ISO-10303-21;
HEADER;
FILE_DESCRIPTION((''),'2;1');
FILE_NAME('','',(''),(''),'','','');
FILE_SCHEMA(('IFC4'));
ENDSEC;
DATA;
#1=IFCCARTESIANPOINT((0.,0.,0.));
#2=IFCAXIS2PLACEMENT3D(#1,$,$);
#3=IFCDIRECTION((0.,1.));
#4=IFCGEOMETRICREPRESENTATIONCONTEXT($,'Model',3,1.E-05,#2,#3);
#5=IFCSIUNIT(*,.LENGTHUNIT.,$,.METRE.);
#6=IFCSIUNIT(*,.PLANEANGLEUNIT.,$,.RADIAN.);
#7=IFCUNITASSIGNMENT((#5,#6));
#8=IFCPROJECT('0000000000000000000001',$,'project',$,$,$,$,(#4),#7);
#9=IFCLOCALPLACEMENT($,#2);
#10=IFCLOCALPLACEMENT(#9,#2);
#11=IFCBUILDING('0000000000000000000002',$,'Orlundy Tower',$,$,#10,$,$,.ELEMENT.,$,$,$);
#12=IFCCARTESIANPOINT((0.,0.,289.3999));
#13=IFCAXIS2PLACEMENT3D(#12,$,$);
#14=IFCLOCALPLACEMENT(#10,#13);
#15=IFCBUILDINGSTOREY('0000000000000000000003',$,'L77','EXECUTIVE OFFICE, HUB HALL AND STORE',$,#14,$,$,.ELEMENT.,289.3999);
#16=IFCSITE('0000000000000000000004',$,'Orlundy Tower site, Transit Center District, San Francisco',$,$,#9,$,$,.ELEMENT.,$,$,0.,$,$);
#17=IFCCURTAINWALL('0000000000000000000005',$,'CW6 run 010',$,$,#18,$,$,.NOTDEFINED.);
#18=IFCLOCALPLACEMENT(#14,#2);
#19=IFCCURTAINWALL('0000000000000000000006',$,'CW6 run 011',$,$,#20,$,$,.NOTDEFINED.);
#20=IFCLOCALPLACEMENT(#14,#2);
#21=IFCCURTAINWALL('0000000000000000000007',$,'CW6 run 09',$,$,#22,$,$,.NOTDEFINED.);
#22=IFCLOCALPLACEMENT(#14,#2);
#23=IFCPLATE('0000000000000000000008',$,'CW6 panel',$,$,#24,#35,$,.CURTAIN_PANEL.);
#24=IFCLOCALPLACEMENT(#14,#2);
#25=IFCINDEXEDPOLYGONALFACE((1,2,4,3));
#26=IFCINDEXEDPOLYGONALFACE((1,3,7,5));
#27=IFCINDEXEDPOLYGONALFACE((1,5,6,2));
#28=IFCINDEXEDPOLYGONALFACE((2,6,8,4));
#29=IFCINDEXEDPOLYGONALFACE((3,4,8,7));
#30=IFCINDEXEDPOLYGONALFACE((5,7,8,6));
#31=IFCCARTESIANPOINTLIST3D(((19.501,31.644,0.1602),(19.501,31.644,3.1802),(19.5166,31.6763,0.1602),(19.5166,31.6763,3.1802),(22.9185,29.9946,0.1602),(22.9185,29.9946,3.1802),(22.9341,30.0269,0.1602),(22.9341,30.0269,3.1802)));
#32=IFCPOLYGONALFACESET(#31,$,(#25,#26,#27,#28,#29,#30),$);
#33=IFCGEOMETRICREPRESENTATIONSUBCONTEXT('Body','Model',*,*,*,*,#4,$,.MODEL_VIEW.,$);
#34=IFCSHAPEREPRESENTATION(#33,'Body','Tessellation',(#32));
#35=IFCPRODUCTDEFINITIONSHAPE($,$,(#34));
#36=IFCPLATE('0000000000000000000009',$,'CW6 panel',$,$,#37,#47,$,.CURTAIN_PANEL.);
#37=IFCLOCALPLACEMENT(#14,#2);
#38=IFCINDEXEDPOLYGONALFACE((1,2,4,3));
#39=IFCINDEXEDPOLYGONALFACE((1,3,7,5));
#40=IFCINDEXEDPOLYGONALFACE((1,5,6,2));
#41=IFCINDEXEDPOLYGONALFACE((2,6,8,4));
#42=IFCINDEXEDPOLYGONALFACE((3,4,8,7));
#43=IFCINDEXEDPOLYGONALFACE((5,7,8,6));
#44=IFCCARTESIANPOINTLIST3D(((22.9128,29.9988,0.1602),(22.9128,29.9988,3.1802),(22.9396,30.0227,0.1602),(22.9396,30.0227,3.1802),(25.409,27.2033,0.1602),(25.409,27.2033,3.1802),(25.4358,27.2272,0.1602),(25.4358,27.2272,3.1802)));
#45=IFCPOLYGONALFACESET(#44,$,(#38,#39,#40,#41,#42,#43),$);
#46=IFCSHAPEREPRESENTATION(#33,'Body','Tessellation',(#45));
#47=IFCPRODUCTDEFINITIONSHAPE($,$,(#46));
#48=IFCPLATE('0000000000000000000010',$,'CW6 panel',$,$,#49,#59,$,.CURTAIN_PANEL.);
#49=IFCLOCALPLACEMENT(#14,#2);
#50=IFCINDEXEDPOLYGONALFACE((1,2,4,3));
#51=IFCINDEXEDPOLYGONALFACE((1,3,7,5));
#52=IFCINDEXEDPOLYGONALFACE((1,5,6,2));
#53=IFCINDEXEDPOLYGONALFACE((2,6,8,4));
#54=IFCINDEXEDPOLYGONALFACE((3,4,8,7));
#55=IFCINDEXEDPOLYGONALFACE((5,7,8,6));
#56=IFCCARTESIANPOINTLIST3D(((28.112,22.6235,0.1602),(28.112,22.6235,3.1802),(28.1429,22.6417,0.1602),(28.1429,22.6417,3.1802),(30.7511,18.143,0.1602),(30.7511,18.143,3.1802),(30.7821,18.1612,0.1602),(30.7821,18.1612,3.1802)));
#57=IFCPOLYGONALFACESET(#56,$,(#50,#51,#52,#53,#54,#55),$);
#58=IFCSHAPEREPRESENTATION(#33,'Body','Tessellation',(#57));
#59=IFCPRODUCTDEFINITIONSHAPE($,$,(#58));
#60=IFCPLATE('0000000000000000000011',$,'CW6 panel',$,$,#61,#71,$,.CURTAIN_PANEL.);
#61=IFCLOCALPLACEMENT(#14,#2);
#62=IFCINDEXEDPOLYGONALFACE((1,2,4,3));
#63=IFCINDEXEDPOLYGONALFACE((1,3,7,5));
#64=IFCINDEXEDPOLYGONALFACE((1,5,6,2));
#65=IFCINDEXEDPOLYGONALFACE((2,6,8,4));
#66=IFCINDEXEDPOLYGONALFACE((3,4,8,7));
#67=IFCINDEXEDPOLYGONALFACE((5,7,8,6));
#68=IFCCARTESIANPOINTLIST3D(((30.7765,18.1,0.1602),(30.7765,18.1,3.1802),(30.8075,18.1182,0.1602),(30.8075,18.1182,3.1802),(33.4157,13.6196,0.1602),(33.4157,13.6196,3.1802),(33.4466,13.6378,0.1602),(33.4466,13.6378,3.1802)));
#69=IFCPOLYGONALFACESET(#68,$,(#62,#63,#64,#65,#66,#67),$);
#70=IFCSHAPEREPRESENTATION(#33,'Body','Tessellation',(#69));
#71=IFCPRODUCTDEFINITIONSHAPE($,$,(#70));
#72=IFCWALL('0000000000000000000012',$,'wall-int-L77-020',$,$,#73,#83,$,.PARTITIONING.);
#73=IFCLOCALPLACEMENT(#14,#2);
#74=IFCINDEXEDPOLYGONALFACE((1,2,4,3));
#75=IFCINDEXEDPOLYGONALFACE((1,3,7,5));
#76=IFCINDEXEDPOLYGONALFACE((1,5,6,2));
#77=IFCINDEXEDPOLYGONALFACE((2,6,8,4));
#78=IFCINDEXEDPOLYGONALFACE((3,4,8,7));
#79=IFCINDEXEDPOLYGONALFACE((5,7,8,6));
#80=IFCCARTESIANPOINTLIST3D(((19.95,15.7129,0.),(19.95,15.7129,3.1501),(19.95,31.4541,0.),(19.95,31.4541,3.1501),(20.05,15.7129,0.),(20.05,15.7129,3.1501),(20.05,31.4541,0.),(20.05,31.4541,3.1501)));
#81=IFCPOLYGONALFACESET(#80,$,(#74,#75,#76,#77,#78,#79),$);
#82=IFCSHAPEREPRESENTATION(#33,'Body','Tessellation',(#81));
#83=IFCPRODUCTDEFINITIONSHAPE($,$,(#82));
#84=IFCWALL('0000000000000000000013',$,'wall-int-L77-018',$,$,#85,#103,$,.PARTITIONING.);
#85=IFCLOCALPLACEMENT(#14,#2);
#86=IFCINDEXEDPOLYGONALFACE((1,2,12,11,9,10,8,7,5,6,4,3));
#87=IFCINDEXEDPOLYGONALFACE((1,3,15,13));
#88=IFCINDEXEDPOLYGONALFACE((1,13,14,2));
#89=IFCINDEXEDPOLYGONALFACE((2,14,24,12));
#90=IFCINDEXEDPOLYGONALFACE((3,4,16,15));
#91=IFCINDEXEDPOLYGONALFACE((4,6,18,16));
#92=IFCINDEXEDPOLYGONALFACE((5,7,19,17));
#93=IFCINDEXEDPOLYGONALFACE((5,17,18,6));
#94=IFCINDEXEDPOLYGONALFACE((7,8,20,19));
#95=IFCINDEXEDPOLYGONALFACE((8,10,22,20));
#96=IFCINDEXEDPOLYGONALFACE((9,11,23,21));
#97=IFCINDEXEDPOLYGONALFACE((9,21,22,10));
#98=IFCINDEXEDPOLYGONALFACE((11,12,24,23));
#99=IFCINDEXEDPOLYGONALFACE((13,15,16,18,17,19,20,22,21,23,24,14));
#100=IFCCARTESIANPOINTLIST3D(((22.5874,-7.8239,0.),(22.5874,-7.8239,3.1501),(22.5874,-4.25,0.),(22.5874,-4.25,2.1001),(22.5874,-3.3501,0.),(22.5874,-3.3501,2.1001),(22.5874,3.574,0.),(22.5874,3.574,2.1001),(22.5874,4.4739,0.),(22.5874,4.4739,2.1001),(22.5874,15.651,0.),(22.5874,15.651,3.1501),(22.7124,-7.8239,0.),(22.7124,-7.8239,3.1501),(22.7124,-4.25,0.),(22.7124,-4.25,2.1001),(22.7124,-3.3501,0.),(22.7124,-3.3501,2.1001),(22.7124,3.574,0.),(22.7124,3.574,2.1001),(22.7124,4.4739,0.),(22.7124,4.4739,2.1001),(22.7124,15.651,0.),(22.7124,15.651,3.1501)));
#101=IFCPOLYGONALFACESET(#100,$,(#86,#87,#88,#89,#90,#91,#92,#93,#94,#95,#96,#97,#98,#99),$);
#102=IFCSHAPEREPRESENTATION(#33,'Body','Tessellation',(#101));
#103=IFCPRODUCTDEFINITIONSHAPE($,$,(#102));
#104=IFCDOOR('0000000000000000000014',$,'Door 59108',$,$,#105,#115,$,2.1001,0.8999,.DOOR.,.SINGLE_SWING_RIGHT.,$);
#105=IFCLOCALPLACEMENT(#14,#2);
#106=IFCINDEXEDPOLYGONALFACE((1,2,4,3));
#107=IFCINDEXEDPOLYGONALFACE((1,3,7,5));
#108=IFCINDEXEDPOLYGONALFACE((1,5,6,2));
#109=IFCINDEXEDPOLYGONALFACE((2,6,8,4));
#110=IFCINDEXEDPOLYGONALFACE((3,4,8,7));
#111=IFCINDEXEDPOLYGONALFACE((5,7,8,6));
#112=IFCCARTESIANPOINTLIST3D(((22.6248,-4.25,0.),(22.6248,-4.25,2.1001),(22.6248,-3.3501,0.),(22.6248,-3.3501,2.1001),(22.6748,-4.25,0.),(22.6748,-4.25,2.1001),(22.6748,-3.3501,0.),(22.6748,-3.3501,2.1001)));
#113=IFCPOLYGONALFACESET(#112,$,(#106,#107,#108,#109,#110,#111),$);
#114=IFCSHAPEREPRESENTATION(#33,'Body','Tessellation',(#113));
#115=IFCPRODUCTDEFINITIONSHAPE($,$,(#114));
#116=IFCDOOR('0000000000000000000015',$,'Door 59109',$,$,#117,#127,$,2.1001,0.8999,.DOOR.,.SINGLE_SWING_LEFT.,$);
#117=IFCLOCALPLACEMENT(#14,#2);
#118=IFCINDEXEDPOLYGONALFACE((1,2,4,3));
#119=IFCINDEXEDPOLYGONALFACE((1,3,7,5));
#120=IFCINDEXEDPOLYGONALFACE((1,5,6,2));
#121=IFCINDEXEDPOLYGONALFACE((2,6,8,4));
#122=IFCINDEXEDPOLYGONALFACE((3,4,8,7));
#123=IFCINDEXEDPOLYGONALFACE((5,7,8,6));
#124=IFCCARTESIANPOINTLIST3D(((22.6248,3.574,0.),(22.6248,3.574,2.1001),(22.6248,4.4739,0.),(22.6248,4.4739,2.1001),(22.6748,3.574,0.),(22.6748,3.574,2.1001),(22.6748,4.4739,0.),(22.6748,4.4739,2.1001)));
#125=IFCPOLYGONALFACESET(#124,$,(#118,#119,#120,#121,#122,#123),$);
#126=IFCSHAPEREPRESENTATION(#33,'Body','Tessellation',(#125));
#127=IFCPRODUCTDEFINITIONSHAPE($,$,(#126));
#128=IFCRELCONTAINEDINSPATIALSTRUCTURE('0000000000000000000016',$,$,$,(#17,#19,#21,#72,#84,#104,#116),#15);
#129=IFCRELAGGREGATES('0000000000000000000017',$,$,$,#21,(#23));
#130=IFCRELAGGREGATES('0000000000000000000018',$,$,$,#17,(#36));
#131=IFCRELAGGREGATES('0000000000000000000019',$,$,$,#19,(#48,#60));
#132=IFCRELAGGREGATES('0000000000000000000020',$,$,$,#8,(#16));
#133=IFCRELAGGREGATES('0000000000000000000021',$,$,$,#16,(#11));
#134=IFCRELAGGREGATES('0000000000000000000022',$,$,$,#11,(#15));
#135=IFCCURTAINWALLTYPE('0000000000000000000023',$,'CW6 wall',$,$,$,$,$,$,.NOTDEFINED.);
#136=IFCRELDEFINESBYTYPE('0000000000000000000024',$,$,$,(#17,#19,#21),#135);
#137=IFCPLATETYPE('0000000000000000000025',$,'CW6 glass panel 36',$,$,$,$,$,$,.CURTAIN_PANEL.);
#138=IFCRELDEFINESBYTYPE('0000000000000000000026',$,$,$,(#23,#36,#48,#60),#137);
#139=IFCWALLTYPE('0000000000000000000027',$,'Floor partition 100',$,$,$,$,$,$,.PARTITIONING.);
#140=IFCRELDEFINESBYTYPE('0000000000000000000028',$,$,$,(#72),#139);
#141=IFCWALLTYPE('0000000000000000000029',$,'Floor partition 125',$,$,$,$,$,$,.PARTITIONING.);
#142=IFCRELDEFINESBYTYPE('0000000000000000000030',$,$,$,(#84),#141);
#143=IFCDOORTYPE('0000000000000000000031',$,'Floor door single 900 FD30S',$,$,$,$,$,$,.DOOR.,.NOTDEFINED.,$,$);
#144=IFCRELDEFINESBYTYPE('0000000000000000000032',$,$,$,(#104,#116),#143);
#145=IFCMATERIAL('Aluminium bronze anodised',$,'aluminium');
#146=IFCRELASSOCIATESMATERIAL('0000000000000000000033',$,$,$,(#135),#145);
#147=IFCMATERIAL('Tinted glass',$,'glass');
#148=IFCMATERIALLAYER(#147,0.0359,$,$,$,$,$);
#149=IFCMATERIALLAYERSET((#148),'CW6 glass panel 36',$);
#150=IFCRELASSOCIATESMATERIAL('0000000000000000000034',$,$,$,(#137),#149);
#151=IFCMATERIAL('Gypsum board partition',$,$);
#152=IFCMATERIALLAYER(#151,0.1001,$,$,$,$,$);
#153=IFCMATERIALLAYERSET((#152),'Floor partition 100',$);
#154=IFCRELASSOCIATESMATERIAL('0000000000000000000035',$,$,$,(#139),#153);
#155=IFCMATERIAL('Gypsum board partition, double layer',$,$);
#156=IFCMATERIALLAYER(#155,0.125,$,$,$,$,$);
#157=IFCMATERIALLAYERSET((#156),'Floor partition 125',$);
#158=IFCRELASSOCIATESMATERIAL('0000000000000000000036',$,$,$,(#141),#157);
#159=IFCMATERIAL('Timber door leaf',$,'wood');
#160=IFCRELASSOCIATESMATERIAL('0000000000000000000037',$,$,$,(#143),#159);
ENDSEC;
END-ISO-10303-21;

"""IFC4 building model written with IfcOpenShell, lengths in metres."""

from ifc_helpers import new_model, si_unit, direction, frame, frame_2d, origin, origin_2d, place, context, subcontext, project, spatial, rectangle, extrude, material, layer, layer_set, type_object, element, fill, aggregate, save


model = new_model("IFC4")

# Units and contexts
model_context = context("Model", 3, precision=1e-05, world=origin(), true_north=direction((0.0, 1.0)))
body_context = subcontext(model_context, "Body", "Model", "MODEL_VIEW")
ifc_project = project(units=[si_unit("LENGTHUNIT", "METRE"), si_unit("PLANEANGLEUNIT", "RADIAN")], contexts=[model_context])

# Site, building, storey
site_placement = place(None, origin())
site = spatial("IfcSite", under=ifc_project, at=site_placement, Name="Orlundy Tower site, Transit Center District, San Francisco", CompositionType="ELEMENT", RefElevation=0.0)
building_placement = place(site_placement, origin())
building = spatial("IfcBuilding", under=site, at=building_placement, Name="Orlundy Tower", CompositionType="ELEMENT")
storey_placement = place(building_placement, frame((0.0, 0.0, 289.3999)))
storey = spatial("IfcBuildingStorey", under=building, at=storey_placement, Name="L77", Description="EXECUTIVE OFFICE, HUB HALL AND STORE", CompositionType="ELEMENT", Elevation=289.3999)

# Curtain wall
ifc_material_1 = material(Name="Aluminium bronze anodised", Category="aluminium")
curtain_wall_type = type_object("IfcCurtainWallType", Name="CW6 wall", PredefinedType="NOTDEFINED", material=ifc_material_1)
curtain_wall_1_placement = place(storey_placement, origin())
curtain_wall_1 = element("IfcCurtainWall", 1, at=curtain_wall_1_placement, inside=storey, type_object=curtain_wall_type, Name="CW6 run 010", PredefinedType="NOTDEFINED")

# Curtain wall
curtain_wall_2_placement = place(storey_placement, origin())
curtain_wall_2 = element("IfcCurtainWall", 2, at=curtain_wall_2_placement, inside=storey, type_object=curtain_wall_type, Name="CW6 run 011", PredefinedType="NOTDEFINED")

# Curtain wall, plate
curtain_wall_3_placement = place(storey_placement, origin())
curtain_wall_3 = element("IfcCurtainWall", 3, at=curtain_wall_3_placement, inside=storey, type_object=curtain_wall_type, Name="CW6 run 09", PredefinedType="NOTDEFINED")
ifc_material_2 = material(Name="Tinted glass", Category="glass")
ifc_layer_1 = layer(ifc_material_2, 0.0359)
ifc_layer_set_1 = layer_set([ifc_layer_1], Name="CW6 glass panel 36")
plate_type = type_object("IfcPlateType", Name="CW6 glass panel 36", PredefinedType="CURTAIN_PANEL", material=ifc_layer_set_1)
plate_1_placement = place(storey_placement, frame((21.2175, 30.8354, 0.1602), z_axis=(0.0, 0.0, 1.0), x_axis=(0.900599, -0.434651, 0.0)))
plate_1 = element("IfcPlate", 4, at=plate_1_placement, type_object=plate_type, Name="CW6 panel", PredefinedType="CURTAIN_PANEL", context=body_context, shape_type="SweptSolid", body=[
    extrude(rectangle(XDim=3.7947, YDim=0.0359, at=origin_2d()), origin(), (0.0, 0.0, 1.0), 3.02),
])
aggregate(curtain_wall_3, [plate_1])

# Plates
plate_2_placement = place(storey_placement, frame((24.1743, 28.613, 0.1602), z_axis=(0.0, 0.0, 1.0), x_axis=(0.666053, -0.745904, 0.0)))
plate_2 = element("IfcPlate", 5, at=plate_2_placement, type_object=plate_type, Name="CW6 panel", PredefinedType="CURTAIN_PANEL", context=body_context, shape_type="SweptSolid", body=[
    extrude(rectangle(XDim=3.7478, YDim=0.0359, at=origin_2d()), origin(), (0.0, 0.0, 1.0), 3.02),
])
aggregate(curtain_wall_1, [plate_2])
plate_3_placement = place(storey_placement, frame((29.447, 20.3923, 0.1602), z_axis=(0.0, 0.0, 1.0), x_axis=(0.507532, -0.861633, 0.0)))
plate_3 = element("IfcPlate", 6, at=plate_3_placement, type_object=plate_type, Name="CW6 panel", PredefinedType="CURTAIN_PANEL", context=body_context, shape_type="SweptSolid", body=[
    extrude(rectangle(XDim=5.2, YDim=0.0359, at=origin_2d()), origin(), (0.0, 0.0, 1.0), 3.02),
])
plate_4_placement = place(storey_placement, frame((32.1116, 15.8689, 0.1602), z_axis=(0.0, 0.0, 1.0), x_axis=(0.507532, -0.861633, 0.0)))
plate_4 = element("IfcPlate", 7, at=plate_4_placement, type_object=plate_type, Name="CW6 panel", PredefinedType="CURTAIN_PANEL", context=body_context, shape_type="SweptSolid", body=[
    extrude(rectangle(XDim=5.2, YDim=0.0359, at=origin_2d()), origin(), (0.0, 0.0, 1.0), 3.02),
])
aggregate(curtain_wall_2, [plate_3, plate_4])

# Wall
ifc_material_3 = material(Name="Gypsum board partition")
ifc_layer_2 = layer(ifc_material_3, 0.1001)
ifc_layer_set_2 = layer_set([ifc_layer_2], Name="Floor partition 100")
wall_type_1 = type_object("IfcWallType", Name="Floor partition 100", PredefinedType="PARTITIONING", material=ifc_layer_set_2)
wall_1_placement = place(storey_placement, frame((20.0, 15.7129, 0.0), z_axis=(0.0, 0.0, 1.0), x_axis=(0.0, 1.0, 0.0)))
element("IfcWall", 8, at=wall_1_placement, inside=storey, type_object=wall_type_1, Name="wall-int-L77-020", PredefinedType="PARTITIONING", context=body_context, shape_type="SweptSolid", body=[
    extrude(rectangle(XDim=15.7412, YDim=0.1001, at=frame_2d((7.8706, 0.0))), origin(), (0.0, 0.0, 1.0), 3.1501),
])

# Wall, openings, doors
ifc_material_4 = material(Name="Gypsum board partition, double layer")
ifc_layer_3 = layer(ifc_material_4, 0.125)
ifc_layer_set_3 = layer_set([ifc_layer_3], Name="Floor partition 125")
wall_type_2 = type_object("IfcWallType", Name="Floor partition 125", PredefinedType="PARTITIONING", material=ifc_layer_set_3)
wall_2_placement = place(storey_placement, frame((22.6499, 15.6509, 0.0), z_axis=(0.0, 0.0, 1.0), x_axis=(0.0, -1.0, 0.0)))
wall_2 = element("IfcWall", 9, at=wall_2_placement, inside=storey, type_object=wall_type_2, Name="wall-int-L77-018", PredefinedType="PARTITIONING", context=body_context, shape_type="SweptSolid", body=[
    extrude(rectangle(XDim=23.4749, YDim=0.125, at=frame_2d((11.7373, 0.0))), origin(), (0.0, 0.0, 1.0), 3.1501),
])
opening_1_placement = place(wall_2_placement, frame((19.001, 0.0, 0.0)))
opening_1 = element("IfcOpeningElement", 10, at=opening_1_placement, cuts=wall_2, PredefinedType="OPENING", context=body_context, shape_type="SweptSolid", body=[
    extrude(rectangle(XDim=0.8999, YDim=2.1001, at=frame_2d((0.45, 1.05))), frame((0.0, 0.0725, 0.0), z_axis=(0.0, -1.0, 0.0), x_axis=(1.0, 0.0, 0.0)), (0.0, 0.0, 1.0), 0.145),
])
opening_2_placement = place(wall_2_placement, frame((11.177, 0.0, 0.0)))
opening_2 = element("IfcOpeningElement", 11, at=opening_2_placement, cuts=wall_2, PredefinedType="OPENING", context=body_context, shape_type="SweptSolid", body=[
    extrude(rectangle(XDim=0.8999, YDim=2.1001, at=frame_2d((0.45, 1.05))), frame((0.0, 0.0725, 0.0), z_axis=(0.0, -1.0, 0.0), x_axis=(1.0, 0.0, 0.0)), (0.0, 0.0, 1.0), 0.145),
])
ifc_material_5 = material(Name="Timber door leaf", Category="wood")
door_type_1 = type_object("IfcDoorType", Name="Floor door single 900 FD30S", OperationType="NOTDEFINED", PredefinedType="DOOR", material=ifc_material_5)
door_1_placement = place(opening_1_placement, origin())
door_1 = element("IfcDoor", 12, at=door_1_placement, inside=storey, type_object=door_type_1, Name="Door 59108", OperationType="SINGLE_SWING_RIGHT", OverallHeight=2.1001, OverallWidth=0.8999, PredefinedType="DOOR", context=body_context, shape_type="SweptSolid", body=[
    extrude(rectangle(XDim=0.8999, YDim=2.1001, at=frame_2d((0.45, 1.05))), frame((0.0, 0.0249, 0.0), z_axis=(0.0, -1.0, 0.0), x_axis=(1.0, 0.0, 0.0)), (0.0, 0.0, 1.0), 0.05),
])
fill(opening_1, door_1)
door_2_placement = place(opening_2_placement, origin())
door_2 = element("IfcDoor", 13, at=door_2_placement, inside=storey, type_object=door_type_1, Name="Door 59109", OperationType="SINGLE_SWING_LEFT", OverallHeight=2.1001, OverallWidth=0.8999, PredefinedType="DOOR", context=body_context, shape_type="SweptSolid", body=[
    extrude(rectangle(XDim=0.8999, YDim=2.1001, at=frame_2d((0.45, 1.05))), frame((0.0, 0.0249, 0.0), z_axis=(0.0, -1.0, 0.0), x_axis=(1.0, 0.0, 0.0)), (0.0, 0.0, 1.0), 0.05),
])
fill(opening_2, door_2)

save(model, "model.ifc")
